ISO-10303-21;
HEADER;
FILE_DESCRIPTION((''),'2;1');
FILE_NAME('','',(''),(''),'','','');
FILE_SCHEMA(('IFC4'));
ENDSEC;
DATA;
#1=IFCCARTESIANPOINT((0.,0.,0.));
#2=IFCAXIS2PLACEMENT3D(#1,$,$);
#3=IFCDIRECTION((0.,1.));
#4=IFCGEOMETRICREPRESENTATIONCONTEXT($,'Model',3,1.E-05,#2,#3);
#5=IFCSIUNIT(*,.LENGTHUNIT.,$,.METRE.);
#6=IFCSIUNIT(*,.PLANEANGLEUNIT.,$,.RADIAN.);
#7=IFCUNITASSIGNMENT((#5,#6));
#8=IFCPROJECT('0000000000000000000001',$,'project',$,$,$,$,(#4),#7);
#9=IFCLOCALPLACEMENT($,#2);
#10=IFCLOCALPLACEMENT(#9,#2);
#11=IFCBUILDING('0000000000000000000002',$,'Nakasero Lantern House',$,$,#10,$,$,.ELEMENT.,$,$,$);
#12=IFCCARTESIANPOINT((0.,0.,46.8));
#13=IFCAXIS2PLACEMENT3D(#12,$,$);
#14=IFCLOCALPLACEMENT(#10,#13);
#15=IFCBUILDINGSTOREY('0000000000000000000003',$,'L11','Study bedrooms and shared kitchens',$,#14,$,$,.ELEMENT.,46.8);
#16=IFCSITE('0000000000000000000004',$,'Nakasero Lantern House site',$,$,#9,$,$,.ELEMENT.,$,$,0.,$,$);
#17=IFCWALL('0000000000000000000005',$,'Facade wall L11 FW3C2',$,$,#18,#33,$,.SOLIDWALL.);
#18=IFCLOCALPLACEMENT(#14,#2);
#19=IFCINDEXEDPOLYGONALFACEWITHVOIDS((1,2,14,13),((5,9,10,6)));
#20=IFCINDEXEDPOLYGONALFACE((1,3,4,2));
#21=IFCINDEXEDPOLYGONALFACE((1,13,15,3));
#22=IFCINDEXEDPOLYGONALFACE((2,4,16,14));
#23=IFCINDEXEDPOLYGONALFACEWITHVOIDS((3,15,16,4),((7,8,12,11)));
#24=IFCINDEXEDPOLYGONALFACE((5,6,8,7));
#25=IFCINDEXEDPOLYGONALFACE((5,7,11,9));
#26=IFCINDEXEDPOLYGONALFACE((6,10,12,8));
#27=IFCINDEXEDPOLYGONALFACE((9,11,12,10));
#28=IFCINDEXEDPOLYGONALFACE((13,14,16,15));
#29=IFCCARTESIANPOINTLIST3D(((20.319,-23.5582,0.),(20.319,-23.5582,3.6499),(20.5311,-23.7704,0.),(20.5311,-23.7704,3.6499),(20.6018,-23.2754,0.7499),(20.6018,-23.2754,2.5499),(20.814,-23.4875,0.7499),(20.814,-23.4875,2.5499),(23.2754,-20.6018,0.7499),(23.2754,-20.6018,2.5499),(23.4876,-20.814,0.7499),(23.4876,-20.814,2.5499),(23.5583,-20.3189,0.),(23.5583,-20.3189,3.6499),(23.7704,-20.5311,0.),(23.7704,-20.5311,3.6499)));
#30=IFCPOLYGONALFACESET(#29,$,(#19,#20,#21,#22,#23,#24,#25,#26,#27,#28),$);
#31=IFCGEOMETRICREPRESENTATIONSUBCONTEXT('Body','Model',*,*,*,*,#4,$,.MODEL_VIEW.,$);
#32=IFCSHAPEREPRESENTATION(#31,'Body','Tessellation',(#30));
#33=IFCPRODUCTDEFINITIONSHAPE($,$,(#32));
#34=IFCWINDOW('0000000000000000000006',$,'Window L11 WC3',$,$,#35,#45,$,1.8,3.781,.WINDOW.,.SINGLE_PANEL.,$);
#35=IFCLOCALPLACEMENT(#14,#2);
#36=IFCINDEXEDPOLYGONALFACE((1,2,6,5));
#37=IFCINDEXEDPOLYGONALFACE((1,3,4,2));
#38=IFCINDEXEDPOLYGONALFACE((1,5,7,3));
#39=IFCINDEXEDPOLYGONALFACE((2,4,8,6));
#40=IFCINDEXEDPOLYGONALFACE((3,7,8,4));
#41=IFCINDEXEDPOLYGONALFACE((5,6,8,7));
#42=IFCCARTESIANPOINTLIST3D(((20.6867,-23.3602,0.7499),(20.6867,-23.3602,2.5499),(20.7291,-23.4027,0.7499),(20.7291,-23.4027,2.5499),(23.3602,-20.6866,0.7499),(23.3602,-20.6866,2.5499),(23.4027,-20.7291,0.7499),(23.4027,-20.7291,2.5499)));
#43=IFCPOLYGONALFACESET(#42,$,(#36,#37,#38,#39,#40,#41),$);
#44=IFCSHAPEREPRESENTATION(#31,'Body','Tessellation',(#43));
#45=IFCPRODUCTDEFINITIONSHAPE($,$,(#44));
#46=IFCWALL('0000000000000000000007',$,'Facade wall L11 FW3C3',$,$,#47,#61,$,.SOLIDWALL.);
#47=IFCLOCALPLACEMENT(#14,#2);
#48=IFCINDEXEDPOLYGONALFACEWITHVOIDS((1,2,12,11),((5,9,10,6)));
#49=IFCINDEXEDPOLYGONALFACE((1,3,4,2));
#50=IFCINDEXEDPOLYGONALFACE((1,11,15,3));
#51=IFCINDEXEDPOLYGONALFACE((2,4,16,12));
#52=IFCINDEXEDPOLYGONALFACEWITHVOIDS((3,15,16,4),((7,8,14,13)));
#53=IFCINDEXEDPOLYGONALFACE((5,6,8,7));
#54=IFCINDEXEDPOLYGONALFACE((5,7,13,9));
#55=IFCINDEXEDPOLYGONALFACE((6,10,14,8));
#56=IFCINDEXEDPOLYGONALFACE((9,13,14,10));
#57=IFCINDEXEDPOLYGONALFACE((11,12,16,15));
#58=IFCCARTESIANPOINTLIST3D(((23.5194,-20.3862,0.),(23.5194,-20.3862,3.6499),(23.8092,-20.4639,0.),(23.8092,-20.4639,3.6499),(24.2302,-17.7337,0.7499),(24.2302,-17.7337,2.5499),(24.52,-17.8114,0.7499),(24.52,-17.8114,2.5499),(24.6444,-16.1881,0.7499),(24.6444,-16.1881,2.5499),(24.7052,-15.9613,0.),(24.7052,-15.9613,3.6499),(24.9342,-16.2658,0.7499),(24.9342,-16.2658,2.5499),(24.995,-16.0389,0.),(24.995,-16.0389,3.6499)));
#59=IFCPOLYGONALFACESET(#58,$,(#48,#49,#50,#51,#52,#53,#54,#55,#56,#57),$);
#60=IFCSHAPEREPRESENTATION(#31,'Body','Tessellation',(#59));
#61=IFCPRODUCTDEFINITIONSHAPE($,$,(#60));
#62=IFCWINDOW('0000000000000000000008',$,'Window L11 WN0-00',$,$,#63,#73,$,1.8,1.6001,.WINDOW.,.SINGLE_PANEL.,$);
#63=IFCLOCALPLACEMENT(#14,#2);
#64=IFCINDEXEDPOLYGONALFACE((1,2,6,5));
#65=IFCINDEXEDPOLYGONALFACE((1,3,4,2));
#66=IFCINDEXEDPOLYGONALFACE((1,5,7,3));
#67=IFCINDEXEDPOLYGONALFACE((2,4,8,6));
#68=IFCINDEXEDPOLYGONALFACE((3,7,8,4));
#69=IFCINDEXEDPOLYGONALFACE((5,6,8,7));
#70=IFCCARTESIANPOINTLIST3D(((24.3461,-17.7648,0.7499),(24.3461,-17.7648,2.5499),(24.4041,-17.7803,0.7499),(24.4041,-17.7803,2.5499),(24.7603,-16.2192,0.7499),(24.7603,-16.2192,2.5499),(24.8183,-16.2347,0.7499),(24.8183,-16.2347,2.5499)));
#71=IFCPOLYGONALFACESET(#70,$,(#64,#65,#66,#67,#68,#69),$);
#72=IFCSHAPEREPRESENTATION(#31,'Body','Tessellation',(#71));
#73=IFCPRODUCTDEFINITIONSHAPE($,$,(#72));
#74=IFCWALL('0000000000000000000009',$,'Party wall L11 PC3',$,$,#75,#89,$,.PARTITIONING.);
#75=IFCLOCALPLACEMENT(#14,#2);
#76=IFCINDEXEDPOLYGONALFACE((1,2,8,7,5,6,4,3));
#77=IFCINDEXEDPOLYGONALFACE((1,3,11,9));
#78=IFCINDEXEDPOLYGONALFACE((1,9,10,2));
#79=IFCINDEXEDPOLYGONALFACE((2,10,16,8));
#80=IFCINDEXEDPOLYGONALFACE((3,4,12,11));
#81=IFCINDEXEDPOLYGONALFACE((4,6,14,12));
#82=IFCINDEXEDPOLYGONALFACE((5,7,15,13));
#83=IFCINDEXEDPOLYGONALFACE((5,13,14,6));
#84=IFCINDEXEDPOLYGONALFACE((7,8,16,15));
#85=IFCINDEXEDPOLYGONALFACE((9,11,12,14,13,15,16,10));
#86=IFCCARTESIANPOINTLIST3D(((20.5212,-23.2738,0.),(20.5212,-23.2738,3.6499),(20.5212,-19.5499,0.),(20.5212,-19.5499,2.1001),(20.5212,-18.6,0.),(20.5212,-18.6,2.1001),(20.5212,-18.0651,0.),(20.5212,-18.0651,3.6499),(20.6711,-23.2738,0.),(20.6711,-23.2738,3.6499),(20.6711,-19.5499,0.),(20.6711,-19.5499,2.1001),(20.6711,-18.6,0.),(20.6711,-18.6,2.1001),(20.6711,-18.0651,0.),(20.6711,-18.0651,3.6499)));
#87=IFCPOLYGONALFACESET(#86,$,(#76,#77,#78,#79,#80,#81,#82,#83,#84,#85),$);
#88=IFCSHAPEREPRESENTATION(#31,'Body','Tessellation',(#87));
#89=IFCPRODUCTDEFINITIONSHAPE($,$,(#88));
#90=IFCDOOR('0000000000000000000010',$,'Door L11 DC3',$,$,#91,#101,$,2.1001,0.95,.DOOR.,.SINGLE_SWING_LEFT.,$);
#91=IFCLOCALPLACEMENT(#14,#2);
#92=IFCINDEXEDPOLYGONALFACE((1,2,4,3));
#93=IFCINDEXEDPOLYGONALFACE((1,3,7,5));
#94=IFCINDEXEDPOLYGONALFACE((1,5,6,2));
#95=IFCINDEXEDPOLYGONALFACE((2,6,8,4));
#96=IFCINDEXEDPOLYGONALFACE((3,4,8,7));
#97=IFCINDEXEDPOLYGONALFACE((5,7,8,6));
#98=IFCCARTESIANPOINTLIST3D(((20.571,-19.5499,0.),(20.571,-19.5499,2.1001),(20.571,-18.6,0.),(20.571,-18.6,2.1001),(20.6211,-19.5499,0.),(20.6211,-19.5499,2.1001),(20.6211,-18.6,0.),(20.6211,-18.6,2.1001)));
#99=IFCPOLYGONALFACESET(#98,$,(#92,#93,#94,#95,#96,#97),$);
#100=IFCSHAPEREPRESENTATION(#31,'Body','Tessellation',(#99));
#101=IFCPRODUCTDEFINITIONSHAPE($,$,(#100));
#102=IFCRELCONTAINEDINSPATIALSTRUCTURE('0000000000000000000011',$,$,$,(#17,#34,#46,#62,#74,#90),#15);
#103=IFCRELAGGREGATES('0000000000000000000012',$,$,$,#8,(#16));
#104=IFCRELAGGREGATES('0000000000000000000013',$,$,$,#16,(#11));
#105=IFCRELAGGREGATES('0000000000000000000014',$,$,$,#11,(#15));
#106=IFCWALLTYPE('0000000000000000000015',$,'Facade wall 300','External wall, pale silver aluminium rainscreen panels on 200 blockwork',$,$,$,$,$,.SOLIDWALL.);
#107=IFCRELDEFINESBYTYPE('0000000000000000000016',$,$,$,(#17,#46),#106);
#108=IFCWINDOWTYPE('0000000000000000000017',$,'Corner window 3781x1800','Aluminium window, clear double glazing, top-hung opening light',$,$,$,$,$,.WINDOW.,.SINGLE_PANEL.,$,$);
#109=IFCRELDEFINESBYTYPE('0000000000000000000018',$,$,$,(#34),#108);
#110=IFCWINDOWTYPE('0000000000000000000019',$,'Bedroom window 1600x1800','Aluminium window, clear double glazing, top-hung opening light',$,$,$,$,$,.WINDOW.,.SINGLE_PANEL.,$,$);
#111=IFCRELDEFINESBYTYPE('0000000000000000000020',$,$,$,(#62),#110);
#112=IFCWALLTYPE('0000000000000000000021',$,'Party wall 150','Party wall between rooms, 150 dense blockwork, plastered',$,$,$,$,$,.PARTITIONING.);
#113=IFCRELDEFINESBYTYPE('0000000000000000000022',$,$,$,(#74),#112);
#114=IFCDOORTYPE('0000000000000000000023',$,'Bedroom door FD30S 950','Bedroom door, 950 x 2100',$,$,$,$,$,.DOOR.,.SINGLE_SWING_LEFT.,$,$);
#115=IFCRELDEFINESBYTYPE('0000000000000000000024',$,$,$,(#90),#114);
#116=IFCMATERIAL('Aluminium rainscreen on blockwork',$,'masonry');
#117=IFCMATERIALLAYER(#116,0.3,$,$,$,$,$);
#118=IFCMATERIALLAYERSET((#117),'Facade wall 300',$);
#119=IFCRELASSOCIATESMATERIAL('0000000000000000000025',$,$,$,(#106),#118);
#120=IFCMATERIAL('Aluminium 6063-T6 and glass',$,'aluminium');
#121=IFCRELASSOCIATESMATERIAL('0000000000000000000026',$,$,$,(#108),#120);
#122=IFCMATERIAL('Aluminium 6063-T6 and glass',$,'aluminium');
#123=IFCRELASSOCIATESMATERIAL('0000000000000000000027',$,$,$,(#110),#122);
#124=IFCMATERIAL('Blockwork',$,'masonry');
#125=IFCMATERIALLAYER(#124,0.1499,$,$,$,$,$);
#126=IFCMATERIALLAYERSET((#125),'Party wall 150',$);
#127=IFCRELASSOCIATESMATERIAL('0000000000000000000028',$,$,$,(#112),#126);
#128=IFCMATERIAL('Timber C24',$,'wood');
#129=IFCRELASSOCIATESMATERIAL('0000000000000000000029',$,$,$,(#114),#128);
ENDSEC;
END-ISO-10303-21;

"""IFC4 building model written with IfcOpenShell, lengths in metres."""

from ifc_helpers import new_model, si_unit, direction, frame, frame_2d, origin, place, context, subcontext, project, spatial, rectangle, extrude, material, layer, layer_set, type_object, element, fill, save


model = new_model("IFC4")

# Units and contexts
model_context = context("Model", 3, precision=1e-05, world=origin(), true_north=direction((0.0, 1.0)))
body_context = subcontext(model_context, "Body", "Model", "MODEL_VIEW")
ifc_project = project(units=[si_unit("LENGTHUNIT", "METRE"), si_unit("PLANEANGLEUNIT", "RADIAN")], contexts=[model_context])

# Site, building, storey
site_placement = place(None, origin())
site = spatial("IfcSite", under=ifc_project, at=site_placement, Name="Nakasero Lantern House site", CompositionType="ELEMENT", RefElevation=0.0)
building_placement = place(site_placement, origin())
building = spatial("IfcBuilding", under=site, at=building_placement, Name="Nakasero Lantern House", CompositionType="ELEMENT")
storey_placement = place(building_placement, frame((0.0, 0.0, 46.8)))
storey = spatial("IfcBuildingStorey", under=building, at=storey_placement, Name="L11", Description="Study bedrooms and shared kitchens", CompositionType="ELEMENT", Elevation=46.8)

# Walls, openings, windows
ifc_material_1 = material(Name="Aluminium rainscreen on blockwork", Category="masonry")
ifc_layer_1 = layer(ifc_material_1, 0.3)
ifc_layer_set_1 = layer_set([ifc_layer_1], Name="Facade wall 300")
wall_type_1 = type_object("IfcWallType", Name="Facade wall 300", Description="External wall, pale silver aluminium rainscreen panels on 200 blockwork", PredefinedType="SOLIDWALL", material=ifc_layer_set_1)
wall_1_placement = place(storey_placement, frame((20.425, -23.6643, 0.0), z_axis=(0.0, 0.0, 1.0), x_axis=(0.707107, 0.707107, 0.0)))
wall_1 = element("IfcWall", 1, at=wall_1_placement, inside=storey, type_object=wall_type_1, Name="Facade wall L11 FW3C2", PredefinedType="SOLIDWALL", context=body_context, shape_type="SweptSolid", body=[
    extrude(rectangle(XDim=4.5811, YDim=0.3, at=frame_2d((2.2905, 0.0))), origin(), (0.0, 0.0, 1.0), 3.6499),
])
opening_1_placement = place(wall_1_placement, frame((0.3999, 0.0, 0.75)))
opening_1 = element("IfcOpeningElement", 2, at=opening_1_placement, cuts=wall_1, PredefinedType="OPENING", context=body_context, shape_type="SweptSolid", body=[
    extrude(rectangle(XDim=3.781, YDim=1.8, at=frame_2d((1.8906, 0.8999))), frame((0.0, 0.1699, 0.0), z_axis=(0.0, -1.0, 0.0), x_axis=(1.0, 0.0, 0.0)), (0.0, 0.0, 1.0), 0.3401),
])
ifc_material_2 = material(Name="Aluminium 6063-T6 and glass", Category="aluminium")
window_type_1 = type_object("IfcWindowType", Name="Corner window 3781x1800", Description="Aluminium window, clear double glazing, top-hung opening light", PartitioningType="SINGLE_PANEL", PredefinedType="WINDOW", material=ifc_material_2)
window_1_placement = place(opening_1_placement, origin())
window_1 = element("IfcWindow", 3, at=window_1_placement, inside=storey, type_object=window_type_1, Name="Window L11 WC3", OverallHeight=1.8, OverallWidth=3.781, PartitioningType="SINGLE_PANEL", PredefinedType="WINDOW", context=body_context, shape_type="SweptSolid", body=[
    extrude(rectangle(XDim=3.781, YDim=1.8, at=frame_2d((1.8906, 0.8999))), frame((0.0, 0.03, 0.0), z_axis=(0.0, -1.0, 0.0), x_axis=(1.0, 0.0, 0.0)), (0.0, 0.0, 1.0), 0.0601),
])
fill(opening_1, window_1)
wall_2_placement = place(storey_placement, frame((23.6643, -20.425, 0.0), z_axis=(0.0, 0.0, 1.0), x_axis=(0.25884, 0.96592, 0.0)))
wall_2 = element("IfcWall", 4, at=wall_2_placement, inside=storey, type_object=wall_type_1, Name="Facade wall L11 FW3C3", PredefinedType="SOLIDWALL", context=body_context, shape_type="SweptSolid", body=[
    extrude(rectangle(XDim=4.5811, YDim=0.3, at=frame_2d((2.2905, 0.0))), origin(), (0.0, 0.0, 1.0), 3.6499),
])
opening_2_placement = place(wall_2_placement, frame((2.7461, 0.0, 0.75)))
opening_2 = element("IfcOpeningElement", 5, at=opening_2_placement, cuts=wall_2, PredefinedType="OPENING", context=body_context, shape_type="SweptSolid", body=[
    extrude(rectangle(XDim=1.6001, YDim=1.8, at=frame_2d((0.8, 0.8999))), frame((0.0, 0.1699, 0.0), z_axis=(0.0, -1.0, 0.0), x_axis=(1.0, 0.0, 0.0)), (0.0, 0.0, 1.0), 0.3401),
])
ifc_material_3 = material(Name="Aluminium 6063-T6 and glass", Category="aluminium")
window_type_2 = type_object("IfcWindowType", Name="Bedroom window 1600x1800", Description="Aluminium window, clear double glazing, top-hung opening light", PartitioningType="SINGLE_PANEL", PredefinedType="WINDOW", material=ifc_material_3)
window_2_placement = place(opening_2_placement, origin())
window_2 = element("IfcWindow", 6, at=window_2_placement, inside=storey, type_object=window_type_2, Name="Window L11 WN0-00", OverallHeight=1.8, OverallWidth=1.6001, PartitioningType="SINGLE_PANEL", PredefinedType="WINDOW", context=body_context, shape_type="SweptSolid", body=[
    extrude(rectangle(XDim=1.6001, YDim=1.8, at=frame_2d((0.8, 0.8999))), frame((0.0, 0.03, 0.0), z_axis=(0.0, -1.0, 0.0), x_axis=(1.0, 0.0, 0.0)), (0.0, 0.0, 1.0), 0.0601),
])
fill(opening_2, window_2)

# Wall, opening, door
ifc_material_4 = material(Name="Blockwork", Category="masonry")
ifc_layer_2 = layer(ifc_material_4, 0.1499)
ifc_layer_set_2 = layer_set([ifc_layer_2], Name="Party wall 150")
wall_type_2 = type_object("IfcWallType", Name="Party wall 150", Description="Party wall between rooms, 150 dense blockwork, plastered", PredefinedType="PARTITIONING", material=ifc_layer_set_2)
wall_3_placement = place(storey_placement, frame((20.5962, -18.0649, 0.0), z_axis=(0.0, 0.0, 1.0), x_axis=(0.0, -1.0, 0.0)))
wall_3 = element("IfcWall", 7, at=wall_3_placement, inside=storey, type_object=wall_type_2, Name="Party wall L11 PC3", PredefinedType="PARTITIONING", context=body_context, shape_type="SweptSolid", body=[
    extrude(rectangle(XDim=5.2087, YDim=0.1499, at=frame_2d((2.6045, 0.0))), origin(), (0.0, 0.0, 1.0), 3.6499),
])
opening_3_placement = place(wall_3_placement, frame((0.5349, 0.0, 0.0)))
opening_3 = element("IfcOpeningElement", 8, at=opening_3_placement, cuts=wall_3, PredefinedType="OPENING", context=body_context, shape_type="SweptSolid", body=[
    extrude(rectangle(XDim=0.95, YDim=2.1001, at=frame_2d((0.4751, 1.05))), frame((0.0, 0.095, 0.0), z_axis=(0.0, -1.0, 0.0), x_axis=(1.0, 0.0, 0.0)), (0.0, 0.0, 1.0), 0.1899),
])
ifc_material_5 = material(Name="Timber C24", Category="wood")
door_type_1 = type_object("IfcDoorType", Name="Bedroom door FD30S 950", Description="Bedroom door, 950 x 2100", OperationType="SINGLE_SWING_LEFT", PredefinedType="DOOR", material=ifc_material_5)
door_1_placement = place(opening_3_placement, origin())
door_1 = element("IfcDoor", 9, at=door_1_placement, inside=storey, type_object=door_type_1, Name="Door L11 DC3", OperationType="SINGLE_SWING_LEFT", OverallHeight=2.1001, OverallWidth=0.95, PredefinedType="DOOR", context=body_context, shape_type="SweptSolid", body=[
    extrude(rectangle(XDim=0.95, YDim=2.1001, at=frame_2d((0.4751, 1.05))), frame((0.0, 0.0249, 0.0), z_axis=(0.0, -1.0, 0.0), x_axis=(1.0, 0.0, 0.0)), (0.0, 0.0, 1.0), 0.05),
])
fill(opening_3, door_1)

save(model, "model.ifc")
